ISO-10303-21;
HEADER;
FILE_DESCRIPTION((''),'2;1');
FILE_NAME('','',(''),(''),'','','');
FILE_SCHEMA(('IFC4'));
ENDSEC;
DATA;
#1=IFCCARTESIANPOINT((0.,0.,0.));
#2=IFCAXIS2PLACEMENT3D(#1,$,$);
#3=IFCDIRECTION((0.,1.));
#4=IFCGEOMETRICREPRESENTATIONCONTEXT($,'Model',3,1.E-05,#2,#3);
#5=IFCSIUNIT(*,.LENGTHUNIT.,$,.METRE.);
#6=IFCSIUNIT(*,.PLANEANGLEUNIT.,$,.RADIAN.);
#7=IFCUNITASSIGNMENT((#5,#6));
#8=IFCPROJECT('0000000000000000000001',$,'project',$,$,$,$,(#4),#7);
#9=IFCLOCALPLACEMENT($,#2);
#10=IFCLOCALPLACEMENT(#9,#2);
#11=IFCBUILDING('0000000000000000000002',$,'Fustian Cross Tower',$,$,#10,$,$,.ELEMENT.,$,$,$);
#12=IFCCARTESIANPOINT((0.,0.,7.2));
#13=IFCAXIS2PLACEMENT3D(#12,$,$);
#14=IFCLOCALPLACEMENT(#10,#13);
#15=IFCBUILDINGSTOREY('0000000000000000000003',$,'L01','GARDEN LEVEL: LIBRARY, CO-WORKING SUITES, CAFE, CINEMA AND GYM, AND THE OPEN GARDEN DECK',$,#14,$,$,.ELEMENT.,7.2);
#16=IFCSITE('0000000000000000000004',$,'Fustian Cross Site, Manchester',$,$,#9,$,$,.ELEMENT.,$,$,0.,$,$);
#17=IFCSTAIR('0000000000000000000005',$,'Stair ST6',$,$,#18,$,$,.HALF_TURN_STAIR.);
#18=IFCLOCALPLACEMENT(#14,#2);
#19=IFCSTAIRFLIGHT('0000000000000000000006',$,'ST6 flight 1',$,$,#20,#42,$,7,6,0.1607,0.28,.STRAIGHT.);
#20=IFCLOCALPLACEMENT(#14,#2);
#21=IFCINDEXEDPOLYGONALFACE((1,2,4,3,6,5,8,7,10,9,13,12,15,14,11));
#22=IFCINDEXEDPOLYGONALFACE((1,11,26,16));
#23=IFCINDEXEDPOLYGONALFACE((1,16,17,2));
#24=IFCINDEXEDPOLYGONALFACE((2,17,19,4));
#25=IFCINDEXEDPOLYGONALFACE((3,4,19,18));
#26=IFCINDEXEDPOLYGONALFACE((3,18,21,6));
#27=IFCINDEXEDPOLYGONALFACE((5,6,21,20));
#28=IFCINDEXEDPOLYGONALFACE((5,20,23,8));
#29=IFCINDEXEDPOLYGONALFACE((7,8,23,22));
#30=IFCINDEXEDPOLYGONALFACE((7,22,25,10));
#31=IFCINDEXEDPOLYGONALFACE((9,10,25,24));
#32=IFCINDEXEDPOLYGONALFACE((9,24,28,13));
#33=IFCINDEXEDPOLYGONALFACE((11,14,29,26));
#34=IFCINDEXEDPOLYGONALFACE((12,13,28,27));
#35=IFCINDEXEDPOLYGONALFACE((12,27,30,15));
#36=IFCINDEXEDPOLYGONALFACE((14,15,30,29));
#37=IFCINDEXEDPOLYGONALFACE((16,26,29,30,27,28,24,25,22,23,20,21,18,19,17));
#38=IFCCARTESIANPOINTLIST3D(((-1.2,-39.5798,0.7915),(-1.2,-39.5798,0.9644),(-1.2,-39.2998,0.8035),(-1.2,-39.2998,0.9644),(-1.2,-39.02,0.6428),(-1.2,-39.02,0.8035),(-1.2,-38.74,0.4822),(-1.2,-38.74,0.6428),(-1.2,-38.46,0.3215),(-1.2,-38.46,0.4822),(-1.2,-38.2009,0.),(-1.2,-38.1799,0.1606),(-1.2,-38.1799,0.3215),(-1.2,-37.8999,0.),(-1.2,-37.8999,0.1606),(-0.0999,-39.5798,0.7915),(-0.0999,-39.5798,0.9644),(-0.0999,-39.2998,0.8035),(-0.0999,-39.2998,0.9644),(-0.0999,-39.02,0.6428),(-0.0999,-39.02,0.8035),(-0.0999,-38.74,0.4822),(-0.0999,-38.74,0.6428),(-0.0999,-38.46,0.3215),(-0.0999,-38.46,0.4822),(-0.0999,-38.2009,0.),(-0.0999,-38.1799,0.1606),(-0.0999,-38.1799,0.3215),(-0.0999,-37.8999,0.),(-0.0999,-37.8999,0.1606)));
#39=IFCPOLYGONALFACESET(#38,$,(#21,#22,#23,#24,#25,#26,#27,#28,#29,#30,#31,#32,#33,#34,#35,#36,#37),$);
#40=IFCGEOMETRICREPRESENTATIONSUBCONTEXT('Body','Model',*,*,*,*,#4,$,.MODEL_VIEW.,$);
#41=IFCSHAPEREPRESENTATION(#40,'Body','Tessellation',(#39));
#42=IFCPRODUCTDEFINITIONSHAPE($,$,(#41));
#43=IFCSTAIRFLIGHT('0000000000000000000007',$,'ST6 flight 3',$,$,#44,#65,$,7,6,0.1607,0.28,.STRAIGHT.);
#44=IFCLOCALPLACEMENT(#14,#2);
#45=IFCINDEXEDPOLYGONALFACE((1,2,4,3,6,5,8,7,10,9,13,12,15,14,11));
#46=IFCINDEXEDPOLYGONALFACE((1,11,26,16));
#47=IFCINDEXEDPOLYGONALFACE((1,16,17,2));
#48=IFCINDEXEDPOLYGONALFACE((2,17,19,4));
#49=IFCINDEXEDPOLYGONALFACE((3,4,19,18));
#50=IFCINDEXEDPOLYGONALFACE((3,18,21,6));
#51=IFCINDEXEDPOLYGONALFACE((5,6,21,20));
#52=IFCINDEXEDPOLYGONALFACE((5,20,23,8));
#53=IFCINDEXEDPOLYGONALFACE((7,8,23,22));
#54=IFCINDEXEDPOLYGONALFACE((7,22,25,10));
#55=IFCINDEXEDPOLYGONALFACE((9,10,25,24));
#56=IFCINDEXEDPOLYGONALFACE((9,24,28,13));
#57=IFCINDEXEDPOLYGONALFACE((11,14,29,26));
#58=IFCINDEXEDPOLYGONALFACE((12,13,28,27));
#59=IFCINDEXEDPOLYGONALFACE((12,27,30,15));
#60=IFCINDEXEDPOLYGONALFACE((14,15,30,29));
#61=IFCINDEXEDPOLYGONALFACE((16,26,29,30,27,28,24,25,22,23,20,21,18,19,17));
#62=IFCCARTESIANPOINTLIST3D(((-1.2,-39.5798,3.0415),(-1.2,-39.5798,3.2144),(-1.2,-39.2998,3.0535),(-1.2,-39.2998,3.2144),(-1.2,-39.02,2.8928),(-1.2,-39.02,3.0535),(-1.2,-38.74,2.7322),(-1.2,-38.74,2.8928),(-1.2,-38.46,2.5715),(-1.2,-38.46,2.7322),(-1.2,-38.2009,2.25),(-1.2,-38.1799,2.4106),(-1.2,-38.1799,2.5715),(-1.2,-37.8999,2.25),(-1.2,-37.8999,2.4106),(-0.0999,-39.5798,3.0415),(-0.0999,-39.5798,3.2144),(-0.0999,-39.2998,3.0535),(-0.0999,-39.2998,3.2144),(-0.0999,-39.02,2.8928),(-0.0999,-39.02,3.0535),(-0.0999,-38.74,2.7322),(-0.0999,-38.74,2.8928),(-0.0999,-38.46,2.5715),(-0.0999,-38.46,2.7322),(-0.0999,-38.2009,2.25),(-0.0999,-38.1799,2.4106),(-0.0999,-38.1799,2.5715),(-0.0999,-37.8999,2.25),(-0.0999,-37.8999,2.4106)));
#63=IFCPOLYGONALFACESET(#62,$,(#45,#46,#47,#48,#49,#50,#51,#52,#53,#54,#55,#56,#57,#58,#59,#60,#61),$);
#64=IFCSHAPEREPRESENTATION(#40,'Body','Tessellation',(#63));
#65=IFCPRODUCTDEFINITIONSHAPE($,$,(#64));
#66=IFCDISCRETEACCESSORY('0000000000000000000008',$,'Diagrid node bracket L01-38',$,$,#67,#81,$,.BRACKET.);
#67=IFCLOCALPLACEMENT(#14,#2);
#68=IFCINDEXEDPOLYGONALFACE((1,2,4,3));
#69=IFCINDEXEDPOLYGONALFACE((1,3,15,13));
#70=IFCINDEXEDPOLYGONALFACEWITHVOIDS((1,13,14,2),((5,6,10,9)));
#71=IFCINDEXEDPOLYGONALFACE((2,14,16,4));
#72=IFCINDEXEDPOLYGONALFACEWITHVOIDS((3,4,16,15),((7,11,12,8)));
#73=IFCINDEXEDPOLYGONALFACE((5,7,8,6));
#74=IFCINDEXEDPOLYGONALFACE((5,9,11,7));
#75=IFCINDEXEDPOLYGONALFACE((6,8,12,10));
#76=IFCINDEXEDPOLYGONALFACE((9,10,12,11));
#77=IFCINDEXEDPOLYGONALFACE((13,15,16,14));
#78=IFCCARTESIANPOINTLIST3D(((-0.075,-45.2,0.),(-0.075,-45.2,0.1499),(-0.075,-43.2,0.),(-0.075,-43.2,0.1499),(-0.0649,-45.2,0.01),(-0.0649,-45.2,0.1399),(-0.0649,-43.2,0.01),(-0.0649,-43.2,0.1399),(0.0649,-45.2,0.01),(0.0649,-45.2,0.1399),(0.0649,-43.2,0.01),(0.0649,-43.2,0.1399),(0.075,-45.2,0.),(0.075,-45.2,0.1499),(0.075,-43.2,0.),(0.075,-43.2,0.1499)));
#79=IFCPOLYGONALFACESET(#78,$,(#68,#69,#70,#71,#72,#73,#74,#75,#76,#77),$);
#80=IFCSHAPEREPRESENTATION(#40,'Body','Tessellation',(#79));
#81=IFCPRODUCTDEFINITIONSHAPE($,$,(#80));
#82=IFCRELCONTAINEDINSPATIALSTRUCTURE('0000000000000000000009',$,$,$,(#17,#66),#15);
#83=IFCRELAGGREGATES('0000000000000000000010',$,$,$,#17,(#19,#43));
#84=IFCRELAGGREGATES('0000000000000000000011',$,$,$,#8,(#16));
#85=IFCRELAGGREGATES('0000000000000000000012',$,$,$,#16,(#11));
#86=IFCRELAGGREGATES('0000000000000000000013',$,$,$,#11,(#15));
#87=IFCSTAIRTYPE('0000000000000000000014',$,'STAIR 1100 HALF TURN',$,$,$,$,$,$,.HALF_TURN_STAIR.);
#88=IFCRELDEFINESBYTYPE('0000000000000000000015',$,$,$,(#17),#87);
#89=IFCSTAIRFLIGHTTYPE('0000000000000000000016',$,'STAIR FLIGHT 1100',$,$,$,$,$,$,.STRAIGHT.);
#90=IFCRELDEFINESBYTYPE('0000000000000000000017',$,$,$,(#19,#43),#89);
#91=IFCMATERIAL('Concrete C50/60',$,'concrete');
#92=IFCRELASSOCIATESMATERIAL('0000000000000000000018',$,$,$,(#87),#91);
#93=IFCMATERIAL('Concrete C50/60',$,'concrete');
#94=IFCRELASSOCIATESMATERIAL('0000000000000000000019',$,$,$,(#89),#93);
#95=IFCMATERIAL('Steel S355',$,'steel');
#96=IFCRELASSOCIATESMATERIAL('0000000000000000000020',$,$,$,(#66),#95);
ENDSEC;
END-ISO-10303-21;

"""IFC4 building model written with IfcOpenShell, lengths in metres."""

from ifc_helpers import new_model, si_unit, direction, frame, origin, origin_2d, place, context, subcontext, project, spatial, polyline, hollow_rectangle, outline, extrude, material, type_object, element, aggregate, save


model = new_model("IFC4")

# Units and contexts
model_context = context("Model", 3, precision=1e-05, world=origin(), true_north=direction((0.0, 1.0)))
body_context = subcontext(model_context, "Body", "Model", "MODEL_VIEW")
ifc_project = project(units=[si_unit("LENGTHUNIT", "METRE"), si_unit("PLANEANGLEUNIT", "RADIAN")], contexts=[model_context])

# Site, building, storey
site_placement = place(None, origin())
site = spatial("IfcSite", under=ifc_project, at=site_placement, Name="Fustian Cross Site, Manchester", CompositionType="ELEMENT", RefElevation=0.0)
building_placement = place(site_placement, origin())
building = spatial("IfcBuilding", under=site, at=building_placement, Name="Fustian Cross Tower", CompositionType="ELEMENT")
storey_placement = place(building_placement, frame((0.0, 0.0, 7.2)))
storey = spatial("IfcBuildingStorey", under=building, at=storey_placement, Name="L01", Description="GARDEN LEVEL: LIBRARY, CO-WORKING SUITES, CAFE, CINEMA AND GYM, AND THE OPEN GARDEN DECK", CompositionType="ELEMENT", Elevation=7.2)

# Stair, stair flights
ifc_material_1 = material(Name="Concrete C50/60", Category="concrete")
stair_type = type_object("IfcStairType", Name="STAIR 1100 HALF TURN", PredefinedType="HALF_TURN_STAIR", material=ifc_material_1)
stair_placement = place(storey_placement, origin())
stair = element("IfcStair", 1, at=stair_placement, inside=storey, type_object=stair_type, Name="Stair ST6", PredefinedType="HALF_TURN_STAIR")
ifc_material_2 = material(Name="Concrete C50/60", Category="concrete")
stair_flight_type = type_object("IfcStairFlightType", Name="STAIR FLIGHT 1100", PredefinedType="STRAIGHT", material=ifc_material_2)
stair_flight_1_placement = place(storey_placement, frame((-0.6499, -37.8999, 0.0), z_axis=(0.0, 0.0, 1.0), x_axis=(0.0, -1.0, 0.0)))
stair_flight_1 = element("IfcStairFlight", 2, at=stair_flight_1_placement, type_object=stair_flight_type, Name="ST6 flight 1", NumberOfRisers=7, NumberOfTreads=6, PredefinedType="STRAIGHT", RiserHeight=0.1607, TreadLength=0.28, context=body_context, shape_type="SweptSolid", body=[
    extrude(outline(polyline([(0.0, 0.0), (0.0, 0.1606), (0.28, 0.1606), (0.28, 0.3215), (0.5601, 0.3215), (0.5601, 0.4822), (0.8401, 0.4822), (0.8401, 0.6428), (1.1201, 0.6428), (1.1201, 0.8035), (1.3999, 0.8035), (1.3999, 0.9644), (1.6799, 0.9644), (1.6799, 1.125), (1.6799, 0.7915), (0.301, 0.0), (0.0, 0.0)])), frame((0.0, 0.55, 0.0), z_axis=(0.0, -1.0, 0.0), x_axis=(1.0, 0.0, 0.0)), (0.0, 0.0, 1.0), 1.1001),
])
stair_flight_2_placement = place(storey_placement, frame((-0.6499, -37.8999, 2.25), z_axis=(0.0, 0.0, 1.0), x_axis=(0.0, -1.0, 0.0)))
stair_flight_2 = element("IfcStairFlight", 3, at=stair_flight_2_placement, type_object=stair_flight_type, Name="ST6 flight 3", NumberOfRisers=7, NumberOfTreads=6, PredefinedType="STRAIGHT", RiserHeight=0.1607, TreadLength=0.28, context=body_context, shape_type="SweptSolid", body=[
    extrude(outline(polyline([(0.0, 0.0), (0.0, 0.1606), (0.28, 0.1606), (0.28, 0.3215), (0.5601, 0.3215), (0.5601, 0.4822), (0.8401, 0.4822), (0.8401, 0.6428), (1.1201, 0.6428), (1.1201, 0.8035), (1.3999, 0.8035), (1.3999, 0.9644), (1.6799, 0.9644), (1.6799, 1.125), (1.6799, 0.7915), (0.301, 0.0), (0.0, 0.0)])), frame((0.0, 0.55, 0.0), z_axis=(0.0, -1.0, 0.0), x_axis=(1.0, 0.0, 0.0)), (0.0, 0.0, 1.0), 1.1001),
])
aggregate(stair, [stair_flight_1, stair_flight_2])

# Discrete accessory
ifc_material_3 = material(Name="Steel S355", Category="steel")
discrete_accessory_placement = place(storey_placement, frame((0.0, -45.2, 0.075), z_axis=(0.0, 1.0, 0.0), x_axis=(-1.0, 0.0, 0.0)))
element("IfcDiscreteAccessory", 4, at=discrete_accessory_placement, inside=storey, material=ifc_material_3, Name="Diagrid node bracket L01-38", PredefinedType="BRACKET", context=body_context, shape_type="SweptSolid", body=[
    extrude(hollow_rectangle(XDim=0.1499, YDim=0.1499, WallThickness=0.01, at=origin_2d()), origin(), (0.0, 0.0, 1.0), 2.0),
])

save(model, "model.ifc")
